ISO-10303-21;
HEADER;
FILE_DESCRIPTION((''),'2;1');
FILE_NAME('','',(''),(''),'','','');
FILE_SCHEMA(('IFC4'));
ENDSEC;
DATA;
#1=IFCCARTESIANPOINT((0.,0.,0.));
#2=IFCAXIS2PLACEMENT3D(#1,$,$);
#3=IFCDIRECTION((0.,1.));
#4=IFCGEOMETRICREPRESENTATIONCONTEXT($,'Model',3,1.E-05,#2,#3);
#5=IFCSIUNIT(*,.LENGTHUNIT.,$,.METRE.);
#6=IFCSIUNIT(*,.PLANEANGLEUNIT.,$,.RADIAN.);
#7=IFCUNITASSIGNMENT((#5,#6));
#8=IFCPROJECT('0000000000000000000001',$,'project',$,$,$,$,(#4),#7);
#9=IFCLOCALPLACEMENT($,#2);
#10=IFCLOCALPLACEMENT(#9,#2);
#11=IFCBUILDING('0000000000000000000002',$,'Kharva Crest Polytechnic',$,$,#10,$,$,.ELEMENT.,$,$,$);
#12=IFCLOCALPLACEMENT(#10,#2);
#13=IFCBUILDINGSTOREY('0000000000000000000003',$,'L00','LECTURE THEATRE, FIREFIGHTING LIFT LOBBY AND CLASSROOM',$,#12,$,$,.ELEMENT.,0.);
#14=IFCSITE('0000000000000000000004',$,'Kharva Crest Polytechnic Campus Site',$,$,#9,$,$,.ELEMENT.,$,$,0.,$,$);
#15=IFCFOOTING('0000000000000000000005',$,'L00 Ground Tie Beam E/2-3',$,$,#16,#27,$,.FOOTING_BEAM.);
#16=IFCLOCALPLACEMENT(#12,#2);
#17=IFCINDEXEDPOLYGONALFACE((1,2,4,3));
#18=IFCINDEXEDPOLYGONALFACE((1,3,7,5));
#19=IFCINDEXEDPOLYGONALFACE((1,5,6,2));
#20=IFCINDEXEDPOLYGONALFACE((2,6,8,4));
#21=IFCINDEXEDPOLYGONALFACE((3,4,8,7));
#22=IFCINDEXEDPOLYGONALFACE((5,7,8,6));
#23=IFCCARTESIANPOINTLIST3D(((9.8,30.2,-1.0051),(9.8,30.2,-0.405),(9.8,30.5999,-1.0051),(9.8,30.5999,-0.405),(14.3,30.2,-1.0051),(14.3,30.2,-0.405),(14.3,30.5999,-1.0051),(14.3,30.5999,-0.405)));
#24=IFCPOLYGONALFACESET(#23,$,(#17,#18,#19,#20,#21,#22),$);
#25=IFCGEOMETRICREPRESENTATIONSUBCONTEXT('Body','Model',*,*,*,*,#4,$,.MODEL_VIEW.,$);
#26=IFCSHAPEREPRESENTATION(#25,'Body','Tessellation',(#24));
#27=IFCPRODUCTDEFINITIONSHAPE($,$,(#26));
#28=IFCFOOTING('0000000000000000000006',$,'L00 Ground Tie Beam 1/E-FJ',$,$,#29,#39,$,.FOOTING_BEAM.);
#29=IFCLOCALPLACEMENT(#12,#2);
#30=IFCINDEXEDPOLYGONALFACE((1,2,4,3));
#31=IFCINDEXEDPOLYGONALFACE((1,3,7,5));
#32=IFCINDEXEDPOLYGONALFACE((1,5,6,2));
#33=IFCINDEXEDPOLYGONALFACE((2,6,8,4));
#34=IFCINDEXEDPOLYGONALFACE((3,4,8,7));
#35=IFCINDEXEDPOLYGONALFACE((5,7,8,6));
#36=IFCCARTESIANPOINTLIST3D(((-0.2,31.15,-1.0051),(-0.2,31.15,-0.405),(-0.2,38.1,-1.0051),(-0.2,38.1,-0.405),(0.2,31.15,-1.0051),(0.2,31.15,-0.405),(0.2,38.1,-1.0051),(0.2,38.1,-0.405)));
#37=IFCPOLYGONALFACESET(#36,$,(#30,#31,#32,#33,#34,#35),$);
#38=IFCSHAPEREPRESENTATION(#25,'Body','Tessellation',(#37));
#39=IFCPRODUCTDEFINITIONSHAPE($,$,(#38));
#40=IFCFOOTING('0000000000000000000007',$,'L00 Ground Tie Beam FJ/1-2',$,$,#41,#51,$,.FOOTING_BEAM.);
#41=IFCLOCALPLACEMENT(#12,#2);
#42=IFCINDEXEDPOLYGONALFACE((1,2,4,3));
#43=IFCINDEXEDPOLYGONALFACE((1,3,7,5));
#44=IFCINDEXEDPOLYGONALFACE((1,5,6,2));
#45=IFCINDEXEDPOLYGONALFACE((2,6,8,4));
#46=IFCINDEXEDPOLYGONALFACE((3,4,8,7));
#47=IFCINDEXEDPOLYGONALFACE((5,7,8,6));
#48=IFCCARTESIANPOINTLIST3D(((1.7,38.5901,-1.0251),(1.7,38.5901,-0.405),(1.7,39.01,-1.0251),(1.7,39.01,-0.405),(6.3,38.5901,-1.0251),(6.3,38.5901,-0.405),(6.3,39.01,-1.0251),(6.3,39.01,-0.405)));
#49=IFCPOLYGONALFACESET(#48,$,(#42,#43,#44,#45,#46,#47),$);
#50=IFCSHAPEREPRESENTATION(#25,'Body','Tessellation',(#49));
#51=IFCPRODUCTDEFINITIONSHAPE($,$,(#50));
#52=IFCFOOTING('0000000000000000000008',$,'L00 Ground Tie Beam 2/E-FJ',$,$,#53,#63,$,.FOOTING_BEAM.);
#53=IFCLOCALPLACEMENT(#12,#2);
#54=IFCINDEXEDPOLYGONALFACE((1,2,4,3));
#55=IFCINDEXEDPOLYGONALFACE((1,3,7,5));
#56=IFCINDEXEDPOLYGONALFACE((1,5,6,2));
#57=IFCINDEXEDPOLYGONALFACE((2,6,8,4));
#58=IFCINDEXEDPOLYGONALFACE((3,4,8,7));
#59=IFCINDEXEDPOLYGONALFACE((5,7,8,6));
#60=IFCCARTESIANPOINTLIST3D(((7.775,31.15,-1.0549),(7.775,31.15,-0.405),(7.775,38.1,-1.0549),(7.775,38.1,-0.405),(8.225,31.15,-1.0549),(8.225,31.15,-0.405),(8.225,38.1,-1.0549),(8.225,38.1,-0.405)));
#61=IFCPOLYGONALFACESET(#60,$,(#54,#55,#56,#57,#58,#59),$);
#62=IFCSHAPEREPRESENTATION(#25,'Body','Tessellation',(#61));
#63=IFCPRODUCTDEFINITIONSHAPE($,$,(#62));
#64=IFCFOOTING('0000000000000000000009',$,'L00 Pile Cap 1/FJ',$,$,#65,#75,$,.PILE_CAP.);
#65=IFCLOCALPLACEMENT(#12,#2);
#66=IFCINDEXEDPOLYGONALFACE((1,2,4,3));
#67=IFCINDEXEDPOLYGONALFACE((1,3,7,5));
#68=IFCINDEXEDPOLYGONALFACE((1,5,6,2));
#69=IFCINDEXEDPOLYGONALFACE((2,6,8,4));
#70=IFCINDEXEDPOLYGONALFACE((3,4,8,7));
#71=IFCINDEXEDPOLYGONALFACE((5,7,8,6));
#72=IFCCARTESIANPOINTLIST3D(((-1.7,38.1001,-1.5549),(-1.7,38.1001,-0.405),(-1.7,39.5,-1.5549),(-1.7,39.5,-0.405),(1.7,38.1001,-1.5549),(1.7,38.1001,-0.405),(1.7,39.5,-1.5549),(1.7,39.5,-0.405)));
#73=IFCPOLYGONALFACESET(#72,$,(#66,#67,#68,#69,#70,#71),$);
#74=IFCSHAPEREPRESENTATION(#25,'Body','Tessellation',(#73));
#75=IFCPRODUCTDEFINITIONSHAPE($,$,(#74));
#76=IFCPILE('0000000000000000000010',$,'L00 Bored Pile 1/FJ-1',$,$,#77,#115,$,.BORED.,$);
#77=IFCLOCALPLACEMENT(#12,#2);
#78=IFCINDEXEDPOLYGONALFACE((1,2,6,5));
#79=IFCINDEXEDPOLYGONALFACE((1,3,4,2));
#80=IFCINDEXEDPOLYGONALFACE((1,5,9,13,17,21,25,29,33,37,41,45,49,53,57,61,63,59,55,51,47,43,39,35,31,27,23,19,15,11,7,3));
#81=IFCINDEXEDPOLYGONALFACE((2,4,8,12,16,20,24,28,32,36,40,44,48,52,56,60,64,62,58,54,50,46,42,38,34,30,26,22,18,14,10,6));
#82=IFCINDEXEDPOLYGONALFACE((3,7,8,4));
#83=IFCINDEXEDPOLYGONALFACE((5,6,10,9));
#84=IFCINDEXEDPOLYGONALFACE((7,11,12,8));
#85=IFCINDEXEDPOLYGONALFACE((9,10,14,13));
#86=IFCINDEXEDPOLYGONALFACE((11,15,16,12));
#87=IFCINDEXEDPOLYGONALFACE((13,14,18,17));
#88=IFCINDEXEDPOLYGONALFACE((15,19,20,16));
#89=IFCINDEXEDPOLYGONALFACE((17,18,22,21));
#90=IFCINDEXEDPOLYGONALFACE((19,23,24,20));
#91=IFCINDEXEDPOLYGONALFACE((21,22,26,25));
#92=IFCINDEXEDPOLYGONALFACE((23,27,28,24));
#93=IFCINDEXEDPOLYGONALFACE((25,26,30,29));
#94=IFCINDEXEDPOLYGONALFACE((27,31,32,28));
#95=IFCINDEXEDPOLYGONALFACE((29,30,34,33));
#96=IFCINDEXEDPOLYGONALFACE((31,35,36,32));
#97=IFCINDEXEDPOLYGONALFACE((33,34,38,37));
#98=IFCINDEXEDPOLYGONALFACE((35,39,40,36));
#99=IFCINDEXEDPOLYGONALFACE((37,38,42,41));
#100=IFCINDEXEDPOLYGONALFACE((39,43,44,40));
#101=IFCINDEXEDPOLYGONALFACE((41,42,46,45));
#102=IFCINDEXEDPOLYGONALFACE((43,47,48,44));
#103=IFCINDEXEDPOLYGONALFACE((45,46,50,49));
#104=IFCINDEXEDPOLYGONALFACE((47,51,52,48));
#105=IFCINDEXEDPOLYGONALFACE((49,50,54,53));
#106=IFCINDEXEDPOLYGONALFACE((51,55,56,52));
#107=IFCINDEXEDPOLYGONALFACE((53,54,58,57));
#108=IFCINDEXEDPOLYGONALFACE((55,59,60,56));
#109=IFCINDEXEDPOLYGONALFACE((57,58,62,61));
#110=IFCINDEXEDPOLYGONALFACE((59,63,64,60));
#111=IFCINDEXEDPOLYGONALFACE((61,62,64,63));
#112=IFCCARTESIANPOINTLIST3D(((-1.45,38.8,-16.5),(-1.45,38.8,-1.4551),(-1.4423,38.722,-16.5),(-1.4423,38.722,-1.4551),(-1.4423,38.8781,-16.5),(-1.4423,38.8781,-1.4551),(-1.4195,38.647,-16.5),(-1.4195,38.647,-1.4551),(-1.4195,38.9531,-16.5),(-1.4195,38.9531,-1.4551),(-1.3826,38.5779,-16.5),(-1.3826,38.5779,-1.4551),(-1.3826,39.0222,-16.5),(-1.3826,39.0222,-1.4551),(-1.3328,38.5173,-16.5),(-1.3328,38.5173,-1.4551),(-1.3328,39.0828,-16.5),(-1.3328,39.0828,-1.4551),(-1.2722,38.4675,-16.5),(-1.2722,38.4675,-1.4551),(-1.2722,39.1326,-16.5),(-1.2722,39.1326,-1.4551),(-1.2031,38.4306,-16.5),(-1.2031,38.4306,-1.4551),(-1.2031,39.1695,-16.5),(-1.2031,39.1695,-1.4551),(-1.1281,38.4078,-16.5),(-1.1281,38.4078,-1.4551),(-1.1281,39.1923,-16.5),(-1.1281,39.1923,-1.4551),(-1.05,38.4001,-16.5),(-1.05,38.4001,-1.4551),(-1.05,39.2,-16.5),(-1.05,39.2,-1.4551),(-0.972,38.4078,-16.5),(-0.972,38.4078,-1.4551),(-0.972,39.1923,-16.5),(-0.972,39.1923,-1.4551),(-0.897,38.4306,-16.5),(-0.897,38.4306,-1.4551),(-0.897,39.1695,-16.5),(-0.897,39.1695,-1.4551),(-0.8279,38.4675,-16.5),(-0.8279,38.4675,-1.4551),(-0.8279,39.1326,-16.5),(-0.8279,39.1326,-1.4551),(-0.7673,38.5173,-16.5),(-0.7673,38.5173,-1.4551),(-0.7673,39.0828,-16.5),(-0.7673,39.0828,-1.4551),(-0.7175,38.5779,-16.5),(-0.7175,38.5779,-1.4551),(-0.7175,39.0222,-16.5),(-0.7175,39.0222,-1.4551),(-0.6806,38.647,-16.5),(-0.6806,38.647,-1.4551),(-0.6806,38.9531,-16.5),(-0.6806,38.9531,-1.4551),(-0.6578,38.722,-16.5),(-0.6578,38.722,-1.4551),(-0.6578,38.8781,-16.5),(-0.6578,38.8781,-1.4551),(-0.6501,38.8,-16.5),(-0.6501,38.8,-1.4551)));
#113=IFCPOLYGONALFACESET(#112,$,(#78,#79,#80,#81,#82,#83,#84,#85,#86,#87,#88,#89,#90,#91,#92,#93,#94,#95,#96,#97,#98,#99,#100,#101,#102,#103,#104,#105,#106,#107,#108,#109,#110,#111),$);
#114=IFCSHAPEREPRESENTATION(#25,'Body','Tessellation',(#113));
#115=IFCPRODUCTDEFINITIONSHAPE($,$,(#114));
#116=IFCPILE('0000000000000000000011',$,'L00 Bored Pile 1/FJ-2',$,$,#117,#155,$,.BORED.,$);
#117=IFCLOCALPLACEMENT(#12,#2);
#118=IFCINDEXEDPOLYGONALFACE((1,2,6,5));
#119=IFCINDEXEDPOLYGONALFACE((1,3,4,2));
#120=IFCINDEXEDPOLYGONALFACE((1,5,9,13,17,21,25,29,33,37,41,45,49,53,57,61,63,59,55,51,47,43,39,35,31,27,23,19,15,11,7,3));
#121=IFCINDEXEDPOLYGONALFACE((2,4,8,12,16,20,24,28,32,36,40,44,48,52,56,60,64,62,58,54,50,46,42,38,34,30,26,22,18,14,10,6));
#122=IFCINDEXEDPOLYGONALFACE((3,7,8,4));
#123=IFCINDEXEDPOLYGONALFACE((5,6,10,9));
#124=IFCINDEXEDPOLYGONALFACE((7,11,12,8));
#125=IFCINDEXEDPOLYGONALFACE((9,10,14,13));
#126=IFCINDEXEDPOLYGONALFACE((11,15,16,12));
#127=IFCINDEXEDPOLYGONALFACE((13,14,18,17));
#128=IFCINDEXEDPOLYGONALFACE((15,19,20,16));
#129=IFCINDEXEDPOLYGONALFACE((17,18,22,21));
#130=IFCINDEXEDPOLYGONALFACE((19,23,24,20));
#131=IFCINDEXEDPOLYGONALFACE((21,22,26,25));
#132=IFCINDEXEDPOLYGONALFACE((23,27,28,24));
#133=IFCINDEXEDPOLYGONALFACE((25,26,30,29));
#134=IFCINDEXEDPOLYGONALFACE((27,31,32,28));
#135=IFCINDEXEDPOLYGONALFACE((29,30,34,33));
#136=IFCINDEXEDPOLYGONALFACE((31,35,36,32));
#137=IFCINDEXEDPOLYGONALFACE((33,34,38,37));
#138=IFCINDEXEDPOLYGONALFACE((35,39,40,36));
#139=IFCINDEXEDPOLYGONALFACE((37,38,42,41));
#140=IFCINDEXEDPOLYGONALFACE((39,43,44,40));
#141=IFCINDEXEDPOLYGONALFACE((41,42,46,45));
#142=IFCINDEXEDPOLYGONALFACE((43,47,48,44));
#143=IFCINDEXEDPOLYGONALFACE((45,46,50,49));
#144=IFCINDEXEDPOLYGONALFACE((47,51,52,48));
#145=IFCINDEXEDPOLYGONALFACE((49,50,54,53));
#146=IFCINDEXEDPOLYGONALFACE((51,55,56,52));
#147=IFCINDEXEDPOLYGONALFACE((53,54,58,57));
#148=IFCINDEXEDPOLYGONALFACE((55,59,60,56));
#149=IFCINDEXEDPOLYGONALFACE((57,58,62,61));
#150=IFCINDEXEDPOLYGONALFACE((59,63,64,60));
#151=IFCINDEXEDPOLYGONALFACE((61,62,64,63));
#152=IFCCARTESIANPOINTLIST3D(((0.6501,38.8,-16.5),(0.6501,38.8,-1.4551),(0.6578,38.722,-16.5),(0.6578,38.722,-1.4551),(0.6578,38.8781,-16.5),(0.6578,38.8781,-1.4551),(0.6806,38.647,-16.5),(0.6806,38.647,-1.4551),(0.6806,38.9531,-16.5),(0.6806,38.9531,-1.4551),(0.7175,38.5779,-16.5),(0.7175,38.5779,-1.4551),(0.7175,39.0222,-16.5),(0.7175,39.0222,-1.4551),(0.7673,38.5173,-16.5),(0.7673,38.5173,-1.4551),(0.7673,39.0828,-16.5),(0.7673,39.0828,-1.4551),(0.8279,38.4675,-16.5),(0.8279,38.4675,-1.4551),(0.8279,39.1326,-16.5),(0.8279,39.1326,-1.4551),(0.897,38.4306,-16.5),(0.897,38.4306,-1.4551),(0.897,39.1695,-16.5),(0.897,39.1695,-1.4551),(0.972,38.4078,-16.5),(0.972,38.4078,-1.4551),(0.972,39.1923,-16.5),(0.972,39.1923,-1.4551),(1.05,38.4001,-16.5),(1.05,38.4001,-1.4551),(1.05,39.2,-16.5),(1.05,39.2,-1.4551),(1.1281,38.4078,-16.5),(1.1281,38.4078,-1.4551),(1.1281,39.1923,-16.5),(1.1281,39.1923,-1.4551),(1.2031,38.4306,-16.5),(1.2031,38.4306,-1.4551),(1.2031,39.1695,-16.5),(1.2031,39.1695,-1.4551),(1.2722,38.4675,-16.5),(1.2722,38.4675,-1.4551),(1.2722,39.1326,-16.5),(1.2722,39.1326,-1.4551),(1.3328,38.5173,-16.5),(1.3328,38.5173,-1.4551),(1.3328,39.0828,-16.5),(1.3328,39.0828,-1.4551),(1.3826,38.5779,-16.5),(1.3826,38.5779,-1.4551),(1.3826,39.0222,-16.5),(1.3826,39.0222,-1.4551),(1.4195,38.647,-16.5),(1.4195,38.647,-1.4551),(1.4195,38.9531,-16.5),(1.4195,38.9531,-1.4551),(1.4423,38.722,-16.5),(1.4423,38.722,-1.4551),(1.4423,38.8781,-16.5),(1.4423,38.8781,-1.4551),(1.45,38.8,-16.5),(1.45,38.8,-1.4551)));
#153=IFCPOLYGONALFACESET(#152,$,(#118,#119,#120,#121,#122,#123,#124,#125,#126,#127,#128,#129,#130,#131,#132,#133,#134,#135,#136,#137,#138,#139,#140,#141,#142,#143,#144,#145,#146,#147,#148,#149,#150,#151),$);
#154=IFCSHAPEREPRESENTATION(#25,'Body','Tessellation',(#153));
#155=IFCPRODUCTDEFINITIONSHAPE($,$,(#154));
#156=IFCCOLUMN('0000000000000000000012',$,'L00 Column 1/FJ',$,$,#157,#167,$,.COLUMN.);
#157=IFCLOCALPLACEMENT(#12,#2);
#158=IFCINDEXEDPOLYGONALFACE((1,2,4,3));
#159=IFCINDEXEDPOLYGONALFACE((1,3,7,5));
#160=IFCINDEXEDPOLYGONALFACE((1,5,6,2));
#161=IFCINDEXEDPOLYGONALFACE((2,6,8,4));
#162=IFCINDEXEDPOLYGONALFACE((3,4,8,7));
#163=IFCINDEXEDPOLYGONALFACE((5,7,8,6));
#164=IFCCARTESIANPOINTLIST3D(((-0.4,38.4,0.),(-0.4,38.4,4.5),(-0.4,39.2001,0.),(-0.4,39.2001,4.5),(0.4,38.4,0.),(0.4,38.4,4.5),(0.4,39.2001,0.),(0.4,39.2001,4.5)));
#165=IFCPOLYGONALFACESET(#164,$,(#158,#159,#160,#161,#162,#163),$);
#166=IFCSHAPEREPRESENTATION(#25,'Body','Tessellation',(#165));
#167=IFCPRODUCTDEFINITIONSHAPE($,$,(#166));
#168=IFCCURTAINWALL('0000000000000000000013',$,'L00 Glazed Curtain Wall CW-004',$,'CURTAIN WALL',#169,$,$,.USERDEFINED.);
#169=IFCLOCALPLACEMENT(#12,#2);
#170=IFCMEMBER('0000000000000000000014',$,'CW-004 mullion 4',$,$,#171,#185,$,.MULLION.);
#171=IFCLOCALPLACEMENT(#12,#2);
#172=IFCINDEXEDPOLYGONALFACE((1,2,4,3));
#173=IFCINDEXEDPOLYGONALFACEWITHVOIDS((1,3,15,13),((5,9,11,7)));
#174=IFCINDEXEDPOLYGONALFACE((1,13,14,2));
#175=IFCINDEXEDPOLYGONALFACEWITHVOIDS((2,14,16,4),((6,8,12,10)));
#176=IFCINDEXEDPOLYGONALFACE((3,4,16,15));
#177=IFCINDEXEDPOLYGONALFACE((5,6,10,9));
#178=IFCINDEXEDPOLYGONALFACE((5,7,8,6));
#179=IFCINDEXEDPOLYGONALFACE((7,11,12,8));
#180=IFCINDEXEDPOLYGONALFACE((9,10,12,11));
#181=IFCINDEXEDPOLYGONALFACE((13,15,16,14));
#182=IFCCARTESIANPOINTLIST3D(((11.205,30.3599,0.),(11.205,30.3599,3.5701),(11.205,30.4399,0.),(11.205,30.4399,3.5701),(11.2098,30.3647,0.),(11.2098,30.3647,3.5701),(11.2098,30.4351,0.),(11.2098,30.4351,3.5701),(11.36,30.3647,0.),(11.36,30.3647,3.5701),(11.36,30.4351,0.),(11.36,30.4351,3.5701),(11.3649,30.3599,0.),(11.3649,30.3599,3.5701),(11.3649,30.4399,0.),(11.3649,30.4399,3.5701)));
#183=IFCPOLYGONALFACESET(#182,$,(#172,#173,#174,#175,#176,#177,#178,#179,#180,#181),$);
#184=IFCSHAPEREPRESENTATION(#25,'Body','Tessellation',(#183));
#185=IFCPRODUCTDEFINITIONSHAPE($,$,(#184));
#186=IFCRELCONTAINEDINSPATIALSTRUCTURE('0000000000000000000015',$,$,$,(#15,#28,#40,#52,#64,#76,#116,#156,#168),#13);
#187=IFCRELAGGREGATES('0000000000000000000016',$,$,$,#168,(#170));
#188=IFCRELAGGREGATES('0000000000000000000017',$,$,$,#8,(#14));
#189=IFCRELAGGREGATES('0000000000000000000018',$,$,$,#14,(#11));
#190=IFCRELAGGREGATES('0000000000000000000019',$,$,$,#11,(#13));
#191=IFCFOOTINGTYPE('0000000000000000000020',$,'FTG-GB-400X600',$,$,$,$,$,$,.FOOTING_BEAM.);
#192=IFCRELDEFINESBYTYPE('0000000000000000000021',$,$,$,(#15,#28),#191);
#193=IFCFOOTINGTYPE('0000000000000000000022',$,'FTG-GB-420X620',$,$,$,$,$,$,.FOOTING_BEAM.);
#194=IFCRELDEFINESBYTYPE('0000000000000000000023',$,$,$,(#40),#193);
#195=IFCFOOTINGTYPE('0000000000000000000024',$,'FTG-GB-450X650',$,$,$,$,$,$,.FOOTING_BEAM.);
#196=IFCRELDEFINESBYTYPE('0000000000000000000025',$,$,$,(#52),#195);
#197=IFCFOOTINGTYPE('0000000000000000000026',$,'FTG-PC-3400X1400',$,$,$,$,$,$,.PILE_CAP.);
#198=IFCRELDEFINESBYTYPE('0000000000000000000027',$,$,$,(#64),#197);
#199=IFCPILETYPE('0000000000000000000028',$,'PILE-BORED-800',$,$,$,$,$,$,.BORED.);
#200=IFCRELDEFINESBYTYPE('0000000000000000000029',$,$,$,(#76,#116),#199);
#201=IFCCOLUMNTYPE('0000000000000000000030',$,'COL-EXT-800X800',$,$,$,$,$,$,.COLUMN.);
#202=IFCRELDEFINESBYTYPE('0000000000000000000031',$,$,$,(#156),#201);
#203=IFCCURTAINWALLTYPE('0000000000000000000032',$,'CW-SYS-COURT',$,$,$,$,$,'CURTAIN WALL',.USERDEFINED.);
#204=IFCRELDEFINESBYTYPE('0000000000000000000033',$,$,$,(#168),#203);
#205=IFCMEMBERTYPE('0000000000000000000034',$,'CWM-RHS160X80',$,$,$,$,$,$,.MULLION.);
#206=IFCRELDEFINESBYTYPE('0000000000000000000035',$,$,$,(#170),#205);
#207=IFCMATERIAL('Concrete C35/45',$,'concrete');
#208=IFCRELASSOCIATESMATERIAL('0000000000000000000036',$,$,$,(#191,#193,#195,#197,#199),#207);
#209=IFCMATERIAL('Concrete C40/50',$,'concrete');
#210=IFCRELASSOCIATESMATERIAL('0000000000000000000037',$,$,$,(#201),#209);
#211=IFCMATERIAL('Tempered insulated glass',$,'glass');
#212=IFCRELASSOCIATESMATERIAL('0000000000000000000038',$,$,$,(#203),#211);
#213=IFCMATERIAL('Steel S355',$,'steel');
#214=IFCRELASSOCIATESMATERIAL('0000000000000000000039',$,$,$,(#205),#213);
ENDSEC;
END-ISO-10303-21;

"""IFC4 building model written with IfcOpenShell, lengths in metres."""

from ifc_helpers import new_model, si_unit, direction, frame, origin, origin_2d, place, context, subcontext, project, spatial, rectangle, hollow_rectangle, circle, extrude, material, material_profile, profile_set, type_object, element, aggregate, save


model = new_model("IFC4")

# Units and contexts
model_context = context("Model", 3, precision=1e-05, world=origin(), true_north=direction((0.0, 1.0)))
body_context = subcontext(model_context, "Body", "Model", "MODEL_VIEW")
ifc_project = project(units=[si_unit("LENGTHUNIT", "METRE"), si_unit("PLANEANGLEUNIT", "RADIAN")], contexts=[model_context])

# Site, building, storey
site_placement = place(None, origin())
site = spatial("IfcSite", under=ifc_project, at=site_placement, Name="Kharva Crest Polytechnic Campus Site", CompositionType="ELEMENT", RefElevation=0.0)
building_placement = place(site_placement, origin())
building = spatial("IfcBuilding", under=site, at=building_placement, Name="Kharva Crest Polytechnic", CompositionType="ELEMENT")
storey_placement = place(building_placement, origin())
storey = spatial("IfcBuildingStorey", under=building, at=storey_placement, Name="L00", Description="LECTURE THEATRE, FIREFIGHTING LIFT LOBBY AND CLASSROOM", CompositionType="ELEMENT", Elevation=0.0)

# Footings
ifc_material_1 = material(Name="Concrete C35/45", Category="concrete")
footing_type_1 = type_object("IfcFootingType", Name="FTG-GB-400X600", PredefinedType="FOOTING_BEAM", material=ifc_material_1)
footing_1_placement = place(storey_placement, frame((12.05, 30.3999, -1.0051), z_axis=(0.0, 0.0, 1.0), x_axis=(1.0, 0.0, 0.0)))
element("IfcFooting", 1, at=footing_1_placement, inside=storey, type_object=footing_type_1, Name="L00 Ground Tie Beam E/2-3", PredefinedType="FOOTING_BEAM", context=body_context, shape_type="SweptSolid", body=[
    extrude(rectangle(XDim=4.5, YDim=0.3999, at=origin_2d()), origin(), (0.0, 0.0, 1.0), 0.6001),
])
footing_2_placement = place(storey_placement, frame((0.0, 34.625, -1.0051), z_axis=(0.0, 0.0, 1.0), x_axis=(0.0, 1.0, 0.0)))
element("IfcFooting", 2, at=footing_2_placement, inside=storey, type_object=footing_type_1, Name="L00 Ground Tie Beam 1/E-FJ", PredefinedType="FOOTING_BEAM", context=body_context, shape_type="SweptSolid", body=[
    extrude(rectangle(XDim=6.95, YDim=0.3999, at=origin_2d()), origin(), (0.0, 0.0, 1.0), 0.6001),
])
footing_type_2 = type_object("IfcFootingType", Name="FTG-GB-420X620", PredefinedType="FOOTING_BEAM", material=ifc_material_1)
footing_3_placement = place(storey_placement, frame((4.0, 38.8, -1.0251), z_axis=(0.0, 0.0, 1.0), x_axis=(1.0, 0.0, 0.0)))
element("IfcFooting", 3, at=footing_3_placement, inside=storey, type_object=footing_type_2, Name="L00 Ground Tie Beam FJ/1-2", PredefinedType="FOOTING_BEAM", context=body_context, shape_type="SweptSolid", body=[
    extrude(rectangle(XDim=4.6001, YDim=0.4199, at=origin_2d()), origin(), (0.0, 0.0, 1.0), 0.6201),
])
footing_type_3 = type_object("IfcFootingType", Name="FTG-GB-450X650", PredefinedType="FOOTING_BEAM", material=ifc_material_1)
footing_4_placement = place(storey_placement, frame((8.0, 34.625, -1.0549), z_axis=(0.0, 0.0, 1.0), x_axis=(0.0, 1.0, 0.0)))
element("IfcFooting", 4, at=footing_4_placement, inside=storey, type_object=footing_type_3, Name="L00 Ground Tie Beam 2/E-FJ", PredefinedType="FOOTING_BEAM", context=body_context, shape_type="SweptSolid", body=[
    extrude(rectangle(XDim=6.95, YDim=0.45, at=origin_2d()), origin(), (0.0, 0.0, 1.0), 0.6499),
])
footing_type_4 = type_object("IfcFootingType", Name="FTG-PC-3400X1400", PredefinedType="PILE_CAP", material=ifc_material_1)
footing_5_placement = place(storey_placement, frame((0.0, 38.8, -1.5549), z_axis=(0.0, 0.0, 1.0), x_axis=(1.0, 0.0, 0.0)))
element("IfcFooting", 5, at=footing_5_placement, inside=storey, type_object=footing_type_4, Name="L00 Pile Cap 1/FJ", PredefinedType="PILE_CAP", context=body_context, shape_type="SweptSolid", body=[
    extrude(rectangle(XDim=3.3999, YDim=1.3999, at=origin_2d()), origin(), (0.0, 0.0, 1.0), 1.1499),
])

# Piles
ifc_material_profile_1 = material_profile(ifc_material_1, circle(Radius=0.3999, at=origin_2d()), Name="DIA 800")
ifc_profile_set_1 = profile_set([ifc_material_profile_1], Name="Concrete C35/45")
pile_type = type_object("IfcPileType", Name="PILE-BORED-800", PredefinedType="BORED", material=ifc_profile_set_1)
for number, where, z_axis, x_axis, name in (
    (6, (-1.05, 38.8, -1.4551), (0.0, 0.0, -1.0), (1.0, 0.0, 0.0), "L00 Bored Pile 1/FJ-1"),
    (7, (1.05, 38.8, -1.4551), (0.0, 0.0, -1.0), (1.0, 0.0, 0.0), "L00 Bored Pile 1/FJ-2"),
):
    element("IfcPile", number, at=place(storey_placement, frame(where, z_axis=z_axis, x_axis=x_axis)), inside=storey, type_object=pile_type, Name=name, PredefinedType="BORED", context=body_context, shape_type="SweptSolid", body=[
        extrude(circle(Radius=0.3999, at=origin_2d()), origin(), (0.0, 0.0, 1.0), 15.0449),
    ])

# Column
ifc_material_2 = material(Name="Concrete C40/50", Category="concrete")
ifc_material_profile_2 = material_profile(ifc_material_2, rectangle(XDim=0.8, YDim=0.8, at=origin_2d()), Name="RECT 800 X 800")
ifc_profile_set_2 = profile_set([ifc_material_profile_2], Name="Concrete C40/50")
column_type = type_object("IfcColumnType", Name="COL-EXT-800X800", PredefinedType="COLUMN", material=ifc_profile_set_2)
column_placement = place(storey_placement, frame((0.0, 38.8, 0.0), z_axis=(0.0, 0.0, 1.0), x_axis=(1.0, 0.0, 0.0)))
element("IfcColumn", 8, at=column_placement, inside=storey, type_object=column_type, Name="L00 Column 1/FJ", PredefinedType="COLUMN", context=body_context, shape_type="SweptSolid", body=[
    extrude(rectangle(XDim=0.8, YDim=0.8, at=origin_2d()), origin(), (0.0, 0.0, 1.0), 4.5),
])

# Curtain wall, member
ifc_material_3 = material(Name="Tempered insulated glass", Category="glass")
curtain_wall_type = type_object("IfcCurtainWallType", Name="CW-SYS-COURT", ElementType="CURTAIN WALL", PredefinedType="USERDEFINED", material=ifc_material_3)
curtain_wall_placement = place(storey_placement, origin())
curtain_wall = element("IfcCurtainWall", 9, at=curtain_wall_placement, inside=storey, type_object=curtain_wall_type, Name="L00 Glazed Curtain Wall CW-004", ObjectType="CURTAIN WALL", PredefinedType="USERDEFINED")
ifc_material_4 = material(Name="Steel S355", Category="steel")
ifc_material_profile_3 = material_profile(ifc_material_4, hollow_rectangle(XDim=0.0801, YDim=0.1599, WallThickness=0.0049, at=origin_2d()), Name="RHS 160X80X5.0")
ifc_profile_set_3 = profile_set([ifc_material_profile_3], Name="Steel S355")
member_type_1 = type_object("IfcMemberType", Name="CWM-RHS160X80", PredefinedType="MULLION", material=ifc_profile_set_3)
member_1_placement = place(storey_placement, frame((11.2849, 30.3999, 0.0), z_axis=(0.0, 0.0, 1.0), x_axis=(0.0, -1.0, 0.0)))
member_1 = element("IfcMember", 10, at=member_1_placement, type_object=member_type_1, Name="CW-004 mullion 4", PredefinedType="MULLION", context=body_context, shape_type="SweptSolid", body=[
    extrude(hollow_rectangle(XDim=0.0801, YDim=0.1599, WallThickness=0.0049, at=origin_2d()), origin(), (0.0, 0.0, 1.0), 3.5701),
])
aggregate(curtain_wall, [member_1])

save(model, "model.ifc")
